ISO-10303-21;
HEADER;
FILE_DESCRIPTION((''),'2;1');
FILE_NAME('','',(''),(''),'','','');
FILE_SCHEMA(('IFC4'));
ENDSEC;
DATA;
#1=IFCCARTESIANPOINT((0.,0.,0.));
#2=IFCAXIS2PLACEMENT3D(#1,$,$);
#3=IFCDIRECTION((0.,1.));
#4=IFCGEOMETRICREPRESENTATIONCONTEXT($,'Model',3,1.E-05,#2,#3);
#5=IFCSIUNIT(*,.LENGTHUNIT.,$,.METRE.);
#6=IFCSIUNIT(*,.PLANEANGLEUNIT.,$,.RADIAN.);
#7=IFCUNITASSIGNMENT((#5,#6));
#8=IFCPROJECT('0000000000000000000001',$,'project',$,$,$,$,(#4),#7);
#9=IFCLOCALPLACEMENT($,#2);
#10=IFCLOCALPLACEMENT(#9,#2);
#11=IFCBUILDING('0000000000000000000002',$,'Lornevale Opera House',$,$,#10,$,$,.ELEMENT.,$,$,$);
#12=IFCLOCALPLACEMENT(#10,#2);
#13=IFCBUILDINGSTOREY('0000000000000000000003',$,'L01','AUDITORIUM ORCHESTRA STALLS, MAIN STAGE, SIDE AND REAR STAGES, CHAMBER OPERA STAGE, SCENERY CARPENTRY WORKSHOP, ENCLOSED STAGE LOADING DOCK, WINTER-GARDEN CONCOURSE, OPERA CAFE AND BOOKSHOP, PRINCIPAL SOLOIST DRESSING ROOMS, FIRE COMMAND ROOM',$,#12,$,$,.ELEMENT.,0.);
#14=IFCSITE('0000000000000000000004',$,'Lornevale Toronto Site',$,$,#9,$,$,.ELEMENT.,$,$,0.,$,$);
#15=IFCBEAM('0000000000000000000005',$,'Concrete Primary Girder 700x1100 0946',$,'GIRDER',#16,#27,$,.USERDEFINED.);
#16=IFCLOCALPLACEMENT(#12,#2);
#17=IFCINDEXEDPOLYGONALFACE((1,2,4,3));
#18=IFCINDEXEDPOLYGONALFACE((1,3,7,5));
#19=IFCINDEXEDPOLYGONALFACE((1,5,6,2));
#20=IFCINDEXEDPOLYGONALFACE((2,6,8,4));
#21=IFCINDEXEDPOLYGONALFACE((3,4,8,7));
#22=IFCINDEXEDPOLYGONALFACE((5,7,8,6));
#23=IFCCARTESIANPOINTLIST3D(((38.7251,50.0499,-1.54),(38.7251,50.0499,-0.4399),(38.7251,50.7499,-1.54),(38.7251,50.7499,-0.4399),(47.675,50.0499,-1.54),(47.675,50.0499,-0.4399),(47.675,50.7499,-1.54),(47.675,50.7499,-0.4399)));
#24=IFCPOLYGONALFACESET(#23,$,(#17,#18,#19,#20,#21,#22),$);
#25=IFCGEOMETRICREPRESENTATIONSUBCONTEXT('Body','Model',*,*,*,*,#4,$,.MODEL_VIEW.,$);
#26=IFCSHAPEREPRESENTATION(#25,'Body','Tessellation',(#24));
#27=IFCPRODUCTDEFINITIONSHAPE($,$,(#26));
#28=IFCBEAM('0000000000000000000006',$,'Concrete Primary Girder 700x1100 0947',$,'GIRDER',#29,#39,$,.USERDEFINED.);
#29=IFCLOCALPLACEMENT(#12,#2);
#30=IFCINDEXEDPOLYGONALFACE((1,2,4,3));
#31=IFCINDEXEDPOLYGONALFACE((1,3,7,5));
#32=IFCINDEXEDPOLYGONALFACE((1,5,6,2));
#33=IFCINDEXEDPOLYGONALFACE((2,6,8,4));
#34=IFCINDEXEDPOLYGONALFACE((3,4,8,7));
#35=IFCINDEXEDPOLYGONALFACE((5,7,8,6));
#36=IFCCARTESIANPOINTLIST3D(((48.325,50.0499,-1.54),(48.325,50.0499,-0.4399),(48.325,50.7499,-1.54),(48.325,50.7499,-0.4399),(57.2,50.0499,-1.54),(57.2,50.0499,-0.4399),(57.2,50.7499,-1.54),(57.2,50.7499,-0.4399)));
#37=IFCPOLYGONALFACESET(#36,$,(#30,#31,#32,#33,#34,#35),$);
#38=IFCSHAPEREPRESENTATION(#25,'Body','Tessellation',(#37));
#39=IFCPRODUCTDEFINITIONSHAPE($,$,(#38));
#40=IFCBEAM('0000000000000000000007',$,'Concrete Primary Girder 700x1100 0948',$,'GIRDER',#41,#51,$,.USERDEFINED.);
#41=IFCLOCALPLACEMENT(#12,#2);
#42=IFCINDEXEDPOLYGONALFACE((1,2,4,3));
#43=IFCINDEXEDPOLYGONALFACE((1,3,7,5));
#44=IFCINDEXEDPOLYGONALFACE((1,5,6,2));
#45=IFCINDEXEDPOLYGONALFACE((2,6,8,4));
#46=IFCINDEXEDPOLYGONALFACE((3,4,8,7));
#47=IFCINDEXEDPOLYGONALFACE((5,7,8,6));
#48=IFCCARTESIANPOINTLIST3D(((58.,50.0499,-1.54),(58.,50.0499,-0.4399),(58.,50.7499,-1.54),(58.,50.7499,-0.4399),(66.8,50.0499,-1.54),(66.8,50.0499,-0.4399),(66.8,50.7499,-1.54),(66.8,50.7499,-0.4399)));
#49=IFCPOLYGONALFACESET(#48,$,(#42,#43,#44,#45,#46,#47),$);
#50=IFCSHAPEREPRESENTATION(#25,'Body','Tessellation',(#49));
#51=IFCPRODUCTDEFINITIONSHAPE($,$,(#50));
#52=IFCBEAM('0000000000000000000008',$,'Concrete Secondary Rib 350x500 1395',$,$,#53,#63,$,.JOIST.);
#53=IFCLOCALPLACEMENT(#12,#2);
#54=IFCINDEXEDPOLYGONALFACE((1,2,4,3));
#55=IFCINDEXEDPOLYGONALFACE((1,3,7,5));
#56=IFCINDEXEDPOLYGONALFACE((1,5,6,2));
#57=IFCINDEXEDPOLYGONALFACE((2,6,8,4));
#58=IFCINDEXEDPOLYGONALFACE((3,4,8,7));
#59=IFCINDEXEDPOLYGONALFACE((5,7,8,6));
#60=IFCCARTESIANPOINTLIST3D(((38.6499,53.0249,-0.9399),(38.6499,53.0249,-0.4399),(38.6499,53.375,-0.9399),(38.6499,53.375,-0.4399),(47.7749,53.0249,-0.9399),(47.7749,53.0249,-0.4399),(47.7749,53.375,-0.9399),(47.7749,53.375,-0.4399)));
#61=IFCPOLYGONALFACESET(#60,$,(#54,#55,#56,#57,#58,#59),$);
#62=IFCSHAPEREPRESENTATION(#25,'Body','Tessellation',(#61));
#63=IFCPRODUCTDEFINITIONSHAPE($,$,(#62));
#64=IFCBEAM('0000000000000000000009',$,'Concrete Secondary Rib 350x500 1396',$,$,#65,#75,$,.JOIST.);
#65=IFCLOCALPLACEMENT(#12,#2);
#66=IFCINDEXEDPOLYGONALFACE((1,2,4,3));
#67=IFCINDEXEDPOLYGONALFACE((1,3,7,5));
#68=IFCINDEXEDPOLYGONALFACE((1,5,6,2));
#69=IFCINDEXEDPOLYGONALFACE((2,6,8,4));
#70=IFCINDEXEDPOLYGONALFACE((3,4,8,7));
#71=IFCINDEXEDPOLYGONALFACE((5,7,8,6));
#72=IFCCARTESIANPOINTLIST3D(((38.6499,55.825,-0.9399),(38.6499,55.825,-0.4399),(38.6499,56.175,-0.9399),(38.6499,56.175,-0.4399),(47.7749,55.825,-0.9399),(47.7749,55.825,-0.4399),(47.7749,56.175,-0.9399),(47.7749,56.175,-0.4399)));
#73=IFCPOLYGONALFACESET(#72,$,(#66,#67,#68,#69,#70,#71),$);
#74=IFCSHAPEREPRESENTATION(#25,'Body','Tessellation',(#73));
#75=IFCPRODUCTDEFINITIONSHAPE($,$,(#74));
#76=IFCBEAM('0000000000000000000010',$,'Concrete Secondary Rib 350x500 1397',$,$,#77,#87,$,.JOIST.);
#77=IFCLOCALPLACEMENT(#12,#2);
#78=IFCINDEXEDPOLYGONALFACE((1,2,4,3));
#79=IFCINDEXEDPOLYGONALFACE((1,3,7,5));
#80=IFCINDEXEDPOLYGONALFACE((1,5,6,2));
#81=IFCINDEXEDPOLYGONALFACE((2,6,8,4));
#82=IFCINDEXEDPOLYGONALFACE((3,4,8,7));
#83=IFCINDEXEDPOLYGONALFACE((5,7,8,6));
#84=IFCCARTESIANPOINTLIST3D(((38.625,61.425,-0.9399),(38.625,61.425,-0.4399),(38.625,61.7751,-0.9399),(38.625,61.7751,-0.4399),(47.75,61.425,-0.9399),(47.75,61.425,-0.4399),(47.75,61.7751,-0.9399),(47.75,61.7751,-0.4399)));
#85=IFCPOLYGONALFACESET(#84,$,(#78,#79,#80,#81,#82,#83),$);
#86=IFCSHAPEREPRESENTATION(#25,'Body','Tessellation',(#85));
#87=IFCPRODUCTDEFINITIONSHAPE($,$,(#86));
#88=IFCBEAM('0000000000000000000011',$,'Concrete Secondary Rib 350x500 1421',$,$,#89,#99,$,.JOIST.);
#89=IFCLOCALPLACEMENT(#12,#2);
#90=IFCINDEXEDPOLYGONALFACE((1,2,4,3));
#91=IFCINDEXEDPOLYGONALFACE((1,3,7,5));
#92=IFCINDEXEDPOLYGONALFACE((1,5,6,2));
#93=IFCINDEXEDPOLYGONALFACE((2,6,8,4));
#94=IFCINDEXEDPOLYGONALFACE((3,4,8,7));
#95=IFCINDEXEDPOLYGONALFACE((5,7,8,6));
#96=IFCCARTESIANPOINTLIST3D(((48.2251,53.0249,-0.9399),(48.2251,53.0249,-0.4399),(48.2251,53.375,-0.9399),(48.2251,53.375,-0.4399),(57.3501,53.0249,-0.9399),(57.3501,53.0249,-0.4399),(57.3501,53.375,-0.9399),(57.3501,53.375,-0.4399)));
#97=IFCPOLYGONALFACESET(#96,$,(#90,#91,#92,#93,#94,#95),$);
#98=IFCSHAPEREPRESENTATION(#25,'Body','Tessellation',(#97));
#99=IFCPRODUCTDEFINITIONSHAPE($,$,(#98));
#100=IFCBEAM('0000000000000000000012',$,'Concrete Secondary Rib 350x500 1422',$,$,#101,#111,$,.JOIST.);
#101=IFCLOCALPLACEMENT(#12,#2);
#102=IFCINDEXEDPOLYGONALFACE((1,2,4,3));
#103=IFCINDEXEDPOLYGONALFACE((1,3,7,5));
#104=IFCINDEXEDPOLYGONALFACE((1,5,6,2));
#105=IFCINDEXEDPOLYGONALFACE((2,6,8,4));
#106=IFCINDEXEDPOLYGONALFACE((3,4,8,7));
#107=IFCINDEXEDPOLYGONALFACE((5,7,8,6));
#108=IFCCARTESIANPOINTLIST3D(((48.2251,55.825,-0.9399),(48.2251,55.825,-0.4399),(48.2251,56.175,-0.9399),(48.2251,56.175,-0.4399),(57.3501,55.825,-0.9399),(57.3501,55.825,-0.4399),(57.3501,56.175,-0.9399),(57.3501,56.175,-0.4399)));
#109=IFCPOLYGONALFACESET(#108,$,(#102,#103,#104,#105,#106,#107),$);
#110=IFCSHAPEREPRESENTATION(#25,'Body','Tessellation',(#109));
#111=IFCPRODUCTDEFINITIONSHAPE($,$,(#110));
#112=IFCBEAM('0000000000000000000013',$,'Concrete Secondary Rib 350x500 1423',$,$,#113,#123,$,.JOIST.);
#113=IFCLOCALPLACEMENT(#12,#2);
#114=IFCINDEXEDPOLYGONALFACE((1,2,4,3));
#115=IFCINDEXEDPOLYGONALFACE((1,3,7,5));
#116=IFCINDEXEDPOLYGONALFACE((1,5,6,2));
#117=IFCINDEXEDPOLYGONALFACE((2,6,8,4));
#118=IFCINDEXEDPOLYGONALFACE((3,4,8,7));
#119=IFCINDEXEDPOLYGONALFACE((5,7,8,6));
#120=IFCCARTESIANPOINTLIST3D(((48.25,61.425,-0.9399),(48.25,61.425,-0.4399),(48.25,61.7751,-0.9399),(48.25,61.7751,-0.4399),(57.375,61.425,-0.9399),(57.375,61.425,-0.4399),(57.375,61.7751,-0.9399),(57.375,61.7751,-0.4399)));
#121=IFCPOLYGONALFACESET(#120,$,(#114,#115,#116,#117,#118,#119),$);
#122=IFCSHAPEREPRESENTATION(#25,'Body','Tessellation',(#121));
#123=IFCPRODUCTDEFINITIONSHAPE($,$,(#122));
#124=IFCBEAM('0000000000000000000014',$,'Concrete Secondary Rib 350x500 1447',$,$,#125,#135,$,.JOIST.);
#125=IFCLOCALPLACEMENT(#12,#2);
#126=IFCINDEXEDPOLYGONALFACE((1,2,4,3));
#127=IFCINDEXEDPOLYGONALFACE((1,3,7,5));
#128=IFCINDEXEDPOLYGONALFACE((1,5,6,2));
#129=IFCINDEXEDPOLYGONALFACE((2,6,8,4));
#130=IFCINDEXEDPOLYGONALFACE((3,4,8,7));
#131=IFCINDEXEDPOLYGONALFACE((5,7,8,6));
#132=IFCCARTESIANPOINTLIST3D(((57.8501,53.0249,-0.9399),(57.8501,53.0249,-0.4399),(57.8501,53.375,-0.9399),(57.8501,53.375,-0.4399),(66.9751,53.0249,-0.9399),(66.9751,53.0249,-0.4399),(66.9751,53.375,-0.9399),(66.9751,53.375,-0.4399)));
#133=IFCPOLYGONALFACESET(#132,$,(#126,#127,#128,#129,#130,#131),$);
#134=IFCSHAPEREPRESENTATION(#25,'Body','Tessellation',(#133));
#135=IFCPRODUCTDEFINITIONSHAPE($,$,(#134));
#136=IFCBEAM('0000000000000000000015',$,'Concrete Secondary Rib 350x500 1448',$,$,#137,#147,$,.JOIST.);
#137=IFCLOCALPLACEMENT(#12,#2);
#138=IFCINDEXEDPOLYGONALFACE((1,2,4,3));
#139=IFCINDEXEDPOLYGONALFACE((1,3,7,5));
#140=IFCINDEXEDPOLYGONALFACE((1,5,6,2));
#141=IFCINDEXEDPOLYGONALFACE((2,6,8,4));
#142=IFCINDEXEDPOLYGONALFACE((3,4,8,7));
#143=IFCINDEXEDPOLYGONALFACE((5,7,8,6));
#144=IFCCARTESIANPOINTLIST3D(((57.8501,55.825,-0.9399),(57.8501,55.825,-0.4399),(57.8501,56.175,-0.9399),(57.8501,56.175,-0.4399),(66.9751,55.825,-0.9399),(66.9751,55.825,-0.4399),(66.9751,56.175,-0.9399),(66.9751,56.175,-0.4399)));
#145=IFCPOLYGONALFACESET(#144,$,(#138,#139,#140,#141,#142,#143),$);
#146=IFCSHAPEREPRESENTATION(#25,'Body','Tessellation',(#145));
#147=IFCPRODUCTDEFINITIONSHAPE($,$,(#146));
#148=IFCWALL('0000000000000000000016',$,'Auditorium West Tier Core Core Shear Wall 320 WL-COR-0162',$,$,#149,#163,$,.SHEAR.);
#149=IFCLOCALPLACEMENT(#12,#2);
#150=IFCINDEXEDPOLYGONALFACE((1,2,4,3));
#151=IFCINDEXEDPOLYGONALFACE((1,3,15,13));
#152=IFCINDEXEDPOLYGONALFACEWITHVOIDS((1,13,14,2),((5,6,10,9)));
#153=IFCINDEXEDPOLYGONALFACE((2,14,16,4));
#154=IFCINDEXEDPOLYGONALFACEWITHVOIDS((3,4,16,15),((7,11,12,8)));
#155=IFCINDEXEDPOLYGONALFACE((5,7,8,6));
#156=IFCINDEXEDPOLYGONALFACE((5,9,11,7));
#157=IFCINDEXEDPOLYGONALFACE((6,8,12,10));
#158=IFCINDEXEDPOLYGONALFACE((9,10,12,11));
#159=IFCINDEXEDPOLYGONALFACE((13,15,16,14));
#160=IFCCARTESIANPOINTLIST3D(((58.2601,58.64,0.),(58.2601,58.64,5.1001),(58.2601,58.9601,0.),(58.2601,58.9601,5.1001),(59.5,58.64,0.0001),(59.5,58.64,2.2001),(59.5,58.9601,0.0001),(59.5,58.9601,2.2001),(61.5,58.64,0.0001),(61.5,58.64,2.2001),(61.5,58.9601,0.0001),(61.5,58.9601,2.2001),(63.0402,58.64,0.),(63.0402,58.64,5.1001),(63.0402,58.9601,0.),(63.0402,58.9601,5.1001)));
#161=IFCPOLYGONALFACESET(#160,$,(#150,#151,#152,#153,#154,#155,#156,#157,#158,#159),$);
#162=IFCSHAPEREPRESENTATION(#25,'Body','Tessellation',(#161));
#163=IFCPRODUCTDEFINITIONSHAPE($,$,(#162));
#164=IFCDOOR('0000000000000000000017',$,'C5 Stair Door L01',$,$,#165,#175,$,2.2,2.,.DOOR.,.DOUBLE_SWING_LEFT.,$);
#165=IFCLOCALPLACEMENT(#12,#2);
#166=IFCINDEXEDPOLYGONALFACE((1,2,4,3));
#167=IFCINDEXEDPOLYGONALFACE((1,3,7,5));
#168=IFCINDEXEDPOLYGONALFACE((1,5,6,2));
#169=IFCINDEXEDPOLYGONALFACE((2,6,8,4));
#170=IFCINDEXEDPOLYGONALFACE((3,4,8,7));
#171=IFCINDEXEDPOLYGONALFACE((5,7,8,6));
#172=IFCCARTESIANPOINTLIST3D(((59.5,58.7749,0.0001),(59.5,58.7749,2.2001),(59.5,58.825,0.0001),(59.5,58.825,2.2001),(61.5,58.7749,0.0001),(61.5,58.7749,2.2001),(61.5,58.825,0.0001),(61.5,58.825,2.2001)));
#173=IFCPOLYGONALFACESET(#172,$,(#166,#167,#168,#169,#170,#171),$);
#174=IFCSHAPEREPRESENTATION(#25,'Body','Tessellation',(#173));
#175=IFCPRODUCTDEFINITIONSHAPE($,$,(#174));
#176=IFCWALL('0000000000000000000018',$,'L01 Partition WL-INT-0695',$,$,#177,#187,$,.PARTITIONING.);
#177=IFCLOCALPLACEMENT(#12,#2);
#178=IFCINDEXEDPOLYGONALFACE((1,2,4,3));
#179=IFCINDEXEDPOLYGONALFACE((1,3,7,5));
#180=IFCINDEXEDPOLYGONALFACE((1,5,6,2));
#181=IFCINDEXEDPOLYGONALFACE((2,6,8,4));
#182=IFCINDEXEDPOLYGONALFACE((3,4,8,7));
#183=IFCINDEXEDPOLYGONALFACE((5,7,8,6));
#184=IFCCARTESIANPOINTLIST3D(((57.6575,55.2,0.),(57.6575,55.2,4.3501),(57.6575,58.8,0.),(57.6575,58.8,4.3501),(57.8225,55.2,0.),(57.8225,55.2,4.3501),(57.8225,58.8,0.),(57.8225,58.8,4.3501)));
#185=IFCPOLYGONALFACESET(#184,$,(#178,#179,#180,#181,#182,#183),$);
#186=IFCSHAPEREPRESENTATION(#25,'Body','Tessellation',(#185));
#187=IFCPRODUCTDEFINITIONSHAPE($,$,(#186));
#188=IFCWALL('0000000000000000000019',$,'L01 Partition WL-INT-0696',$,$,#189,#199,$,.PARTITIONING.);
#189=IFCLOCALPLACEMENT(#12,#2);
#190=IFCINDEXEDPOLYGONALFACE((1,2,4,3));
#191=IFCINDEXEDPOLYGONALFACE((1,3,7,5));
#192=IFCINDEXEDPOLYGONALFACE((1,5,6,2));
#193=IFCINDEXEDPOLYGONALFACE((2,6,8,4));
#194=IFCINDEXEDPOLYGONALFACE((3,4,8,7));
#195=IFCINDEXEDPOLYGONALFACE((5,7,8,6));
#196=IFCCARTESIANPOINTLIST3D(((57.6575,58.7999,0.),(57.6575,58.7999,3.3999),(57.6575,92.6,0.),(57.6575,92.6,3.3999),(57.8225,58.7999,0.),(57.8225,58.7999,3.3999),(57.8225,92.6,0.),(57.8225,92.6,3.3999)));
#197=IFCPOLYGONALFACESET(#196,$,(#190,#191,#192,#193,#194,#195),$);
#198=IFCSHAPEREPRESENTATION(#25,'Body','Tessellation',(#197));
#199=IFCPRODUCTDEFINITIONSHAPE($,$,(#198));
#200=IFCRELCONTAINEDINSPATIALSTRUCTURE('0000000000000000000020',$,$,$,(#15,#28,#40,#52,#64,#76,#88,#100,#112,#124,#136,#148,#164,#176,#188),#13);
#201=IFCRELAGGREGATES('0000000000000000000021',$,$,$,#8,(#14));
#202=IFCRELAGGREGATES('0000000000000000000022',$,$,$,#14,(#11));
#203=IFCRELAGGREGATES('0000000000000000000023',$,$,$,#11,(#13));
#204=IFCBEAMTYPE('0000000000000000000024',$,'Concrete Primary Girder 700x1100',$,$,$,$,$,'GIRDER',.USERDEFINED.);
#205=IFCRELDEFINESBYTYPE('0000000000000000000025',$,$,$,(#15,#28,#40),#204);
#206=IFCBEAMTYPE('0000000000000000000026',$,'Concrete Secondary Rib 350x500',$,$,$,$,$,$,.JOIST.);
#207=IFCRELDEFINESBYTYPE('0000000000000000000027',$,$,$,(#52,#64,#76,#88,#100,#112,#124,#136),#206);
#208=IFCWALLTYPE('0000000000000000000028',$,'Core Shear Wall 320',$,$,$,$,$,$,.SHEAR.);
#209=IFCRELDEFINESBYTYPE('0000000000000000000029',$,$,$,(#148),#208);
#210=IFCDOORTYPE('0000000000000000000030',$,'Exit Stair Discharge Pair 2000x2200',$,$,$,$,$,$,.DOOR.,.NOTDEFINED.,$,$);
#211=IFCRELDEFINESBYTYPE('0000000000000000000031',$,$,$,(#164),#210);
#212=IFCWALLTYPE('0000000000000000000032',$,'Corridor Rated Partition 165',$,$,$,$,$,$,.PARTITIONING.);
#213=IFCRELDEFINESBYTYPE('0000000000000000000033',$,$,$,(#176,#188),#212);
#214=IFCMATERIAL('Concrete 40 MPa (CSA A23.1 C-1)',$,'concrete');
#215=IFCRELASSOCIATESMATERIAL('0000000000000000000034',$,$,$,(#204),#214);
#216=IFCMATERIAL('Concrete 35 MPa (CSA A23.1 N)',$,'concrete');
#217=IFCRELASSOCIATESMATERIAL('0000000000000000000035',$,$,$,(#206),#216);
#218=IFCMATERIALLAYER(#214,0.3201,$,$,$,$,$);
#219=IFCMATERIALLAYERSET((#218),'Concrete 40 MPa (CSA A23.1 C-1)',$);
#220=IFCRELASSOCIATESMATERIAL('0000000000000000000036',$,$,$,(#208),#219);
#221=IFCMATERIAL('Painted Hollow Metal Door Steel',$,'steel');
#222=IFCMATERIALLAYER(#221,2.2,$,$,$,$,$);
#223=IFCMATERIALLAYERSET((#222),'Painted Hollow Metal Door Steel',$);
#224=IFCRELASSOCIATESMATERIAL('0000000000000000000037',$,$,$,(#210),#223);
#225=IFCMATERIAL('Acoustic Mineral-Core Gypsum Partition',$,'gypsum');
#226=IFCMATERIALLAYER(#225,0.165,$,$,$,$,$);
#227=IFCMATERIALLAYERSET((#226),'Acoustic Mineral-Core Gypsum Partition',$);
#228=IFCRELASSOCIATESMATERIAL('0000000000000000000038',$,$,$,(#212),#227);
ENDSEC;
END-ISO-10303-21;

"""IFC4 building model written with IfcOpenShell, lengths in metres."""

from ifc_helpers import new_model, si_unit, direction, frame, frame_2d, origin, origin_2d, place, context, subcontext, project, spatial, rectangle, extrude, material, layer, layer_set, material_profile, profile_set, type_object, element, fill, save


model = new_model("IFC4")

# Units and contexts
model_context = context("Model", 3, precision=1e-05, world=origin(), true_north=direction((0.0, 1.0)))
body_context = subcontext(model_context, "Body", "Model", "MODEL_VIEW")
ifc_project = project(units=[si_unit("LENGTHUNIT", "METRE"), si_unit("PLANEANGLEUNIT", "RADIAN")], contexts=[model_context])

# Site, building, storey
site_placement = place(None, origin())
site = spatial("IfcSite", under=ifc_project, at=site_placement, Name="Lornevale Toronto Site", CompositionType="ELEMENT", RefElevation=0.0)
building_placement = place(site_placement, origin())
building = spatial("IfcBuilding", under=site, at=building_placement, Name="Lornevale Opera House", CompositionType="ELEMENT")
storey_placement = place(building_placement, origin())
storey = spatial("IfcBuildingStorey", under=building, at=storey_placement, Name="L01", Description="AUDITORIUM ORCHESTRA STALLS, MAIN STAGE, SIDE AND REAR STAGES, CHAMBER OPERA STAGE, SCENERY CARPENTRY WORKSHOP, ENCLOSED STAGE LOADING DOCK, WINTER-GARDEN CONCOURSE, OPERA CAFE AND BOOKSHOP, PRINCIPAL SOLOIST DRESSING ROOMS, FIRE COMMAND ROOM", CompositionType="ELEMENT", Elevation=0.0)

# Shared definitions
ifc_material_1 = material(Name="Concrete 40 MPa (CSA A23.1 C-1)", Category="concrete")

# Beams
ifc_material_2 = material(Name="Concrete 35 MPa (CSA A23.1 N)", Category="concrete")
ifc_material_profile_1 = material_profile(ifc_material_1, rectangle(XDim=0.7, YDim=1.1001, at=origin_2d()), Name="RC700x1100")
ifc_profile_set_1 = profile_set([ifc_material_profile_1], Name="Concrete 40 MPa (CSA A23.1 C-1)")
beam_type_1 = type_object("IfcBeamType", Name="Concrete Primary Girder 700x1100", ElementType="GIRDER", PredefinedType="USERDEFINED", material=ifc_profile_set_1)
beam_1_placement = place(storey_placement, frame((38.7251, 50.3999, -0.99), z_axis=(1.0, 0.0, 0.0), x_axis=(0.0, 1.0, 0.0)))
element("IfcBeam", 1, at=beam_1_placement, inside=storey, type_object=beam_type_1, Name="Concrete Primary Girder 700x1100 0946", ObjectType="GIRDER", PredefinedType="USERDEFINED", context=body_context, shape_type="SweptSolid", body=[
    extrude(rectangle(XDim=0.7, YDim=1.1001, at=origin_2d()), origin(), (0.0, 0.0, 1.0), 8.95),
])
beam_2_placement = place(storey_placement, frame((48.325, 50.3999, -0.99), z_axis=(1.0, 0.0, 0.0), x_axis=(0.0, 1.0, 0.0)))
element("IfcBeam", 2, at=beam_2_placement, inside=storey, type_object=beam_type_1, Name="Concrete Primary Girder 700x1100 0947", ObjectType="GIRDER", PredefinedType="USERDEFINED", context=body_context, shape_type="SweptSolid", body=[
    extrude(rectangle(XDim=0.7, YDim=1.1001, at=origin_2d()), origin(), (0.0, 0.0, 1.0), 8.875),
])
beam_3_placement = place(storey_placement, frame((58.0, 50.3999, -0.99), z_axis=(1.0, 0.0, 0.0), x_axis=(0.0, 1.0, 0.0)))
element("IfcBeam", 3, at=beam_3_placement, inside=storey, type_object=beam_type_1, Name="Concrete Primary Girder 700x1100 0948", ObjectType="GIRDER", PredefinedType="USERDEFINED", context=body_context, shape_type="SweptSolid", body=[
    extrude(rectangle(XDim=0.7, YDim=1.1001, at=origin_2d()), origin(), (0.0, 0.0, 1.0), 8.8),
])
ifc_material_profile_2 = material_profile(ifc_material_2, rectangle(XDim=0.3501, YDim=0.5, at=origin_2d()), Name="RC350x500")
ifc_profile_set_2 = profile_set([ifc_material_profile_2], Name="Concrete 35 MPa (CSA A23.1 N)")
beam_type_2 = type_object("IfcBeamType", Name="Concrete Secondary Rib 350x500", PredefinedType="JOIST", material=ifc_profile_set_2)
for number, where, z_axis, x_axis, name in (
    (4, (38.6499, 53.2, -0.6899), (1.0, 0.0, 0.0), (0.0, 1.0, 0.0), "Concrete Secondary Rib 350x500 1395"),
    (5, (38.6499, 56.0, -0.6899), (1.0, 0.0, 0.0), (0.0, 1.0, 0.0), "Concrete Secondary Rib 350x500 1396"),
    (6, (38.625, 61.6001, -0.6899), (1.0, 0.0, 0.0), (0.0, 1.0, 0.0), "Concrete Secondary Rib 350x500 1397"),
    (7, (48.2251, 53.2, -0.6899), (1.0, 0.0, 0.0), (0.0, 1.0, 0.0), "Concrete Secondary Rib 350x500 1421"),
    (8, (48.2251, 56.0, -0.6899), (1.0, 0.0, 0.0), (0.0, 1.0, 0.0), "Concrete Secondary Rib 350x500 1422"),
    (9, (48.25, 61.6001, -0.6899), (1.0, 0.0, 0.0), (0.0, 1.0, 0.0), "Concrete Secondary Rib 350x500 1423"),
    (10, (57.8501, 53.2, -0.6899), (1.0, 0.0, 0.0), (0.0, 1.0, 0.0), "Concrete Secondary Rib 350x500 1447"),
    (11, (57.8501, 56.0, -0.6899), (1.0, 0.0, 0.0), (0.0, 1.0, 0.0), "Concrete Secondary Rib 350x500 1448"),
):
    element("IfcBeam", number, at=place(storey_placement, frame(where, z_axis=z_axis, x_axis=x_axis)), inside=storey, type_object=beam_type_2, Name=name, PredefinedType="JOIST", context=body_context, shape_type="SweptSolid", body=[
        extrude(rectangle(XDim=0.3501, YDim=0.5, at=origin_2d()), origin(), (0.0, 0.0, 1.0), 9.125),
    ])

# Wall, opening, door
ifc_layer_1 = layer(ifc_material_1, 0.3201)
ifc_layer_set_1 = layer_set([ifc_layer_1], Name="Concrete 40 MPa (CSA A23.1 C-1)")
wall_type_1 = type_object("IfcWallType", Name="Core Shear Wall 320", PredefinedType="SHEAR", material=ifc_layer_set_1)
wall_1_placement = place(storey_placement, frame((58.26, 58.8, 0.0), z_axis=(0.0, 0.0, 1.0), x_axis=(1.0, 0.0, 0.0)))
wall_1 = element("IfcWall", 12, at=wall_1_placement, inside=storey, type_object=wall_type_1, Name="Auditorium West Tier Core Core Shear Wall 320 WL-COR-0162", PredefinedType="SHEAR", context=body_context, shape_type="SweptSolid", body=[
    extrude(rectangle(XDim=4.78, YDim=0.3201, at=frame_2d((2.3901, 0.0))), origin(), (0.0, 0.0, 1.0), 5.1001),
])
opening_placement = place(wall_1_placement, frame((1.24, 0.0, 0.0)))
opening = element("IfcOpeningElement", 13, at=opening_placement, cuts=wall_1, PredefinedType="OPENING", context=body_context, shape_type="SweptSolid", body=[
    extrude(rectangle(XDim=2.0, YDim=2.2, at=frame_2d((1.0, 1.1001))), frame((0.0, 0.1699, 0.0), z_axis=(0.0, -1.0, 0.0), x_axis=(1.0, 0.0, 0.0)), (0.0, 0.0, 1.0), 0.3401),
])
ifc_material_3 = material(Name="Painted Hollow Metal Door Steel", Category="steel")
ifc_layer_2 = layer(ifc_material_3, 2.2)
ifc_layer_set_2 = layer_set([ifc_layer_2], Name="Painted Hollow Metal Door Steel")
door_type = type_object("IfcDoorType", Name="Exit Stair Discharge Pair 2000x2200", OperationType="NOTDEFINED", PredefinedType="DOOR", material=ifc_layer_set_2)
door_placement = place(opening_placement, origin())
door = element("IfcDoor", 14, at=door_placement, inside=storey, type_object=door_type, Name="C5 Stair Door L01", OperationType="DOUBLE_SWING_LEFT", OverallHeight=2.2, OverallWidth=2.0, PredefinedType="DOOR", context=body_context, shape_type="SweptSolid", body=[
    extrude(rectangle(XDim=2.0, YDim=2.2, at=frame_2d((1.0, 1.1001))), frame((0.0, 0.0249, 0.0), z_axis=(0.0, -1.0, 0.0), x_axis=(1.0, 0.0, 0.0)), (0.0, 0.0, 1.0), 0.05),
])
fill(opening, door)

# Walls
ifc_material_4 = material(Name="Acoustic Mineral-Core Gypsum Partition", Category="gypsum")
ifc_layer_3 = layer(ifc_material_4, 0.165)
ifc_layer_set_3 = layer_set([ifc_layer_3], Name="Acoustic Mineral-Core Gypsum Partition")
wall_type_2 = type_object("IfcWallType", Name="Corridor Rated Partition 165", PredefinedType="PARTITIONING", material=ifc_layer_set_3)
wall_2_placement = place(storey_placement, frame((57.74, 55.2, 0.0), z_axis=(0.0, 0.0, 1.0), x_axis=(0.0, 1.0, 0.0)))
element("IfcWall", 15, at=wall_2_placement, inside=storey, type_object=wall_type_2, Name="L01 Partition WL-INT-0695", PredefinedType="PARTITIONING", context=body_context, shape_type="SweptSolid", body=[
    extrude(rectangle(XDim=3.6001, YDim=0.165, at=frame_2d((1.8, 0.0))), origin(), (0.0, 0.0, 1.0), 4.3501),
])
wall_3_placement = place(storey_placement, frame((57.74, 58.8, 0.0), z_axis=(0.0, 0.0, 1.0), x_axis=(0.0, 1.0, 0.0)))
element("IfcWall", 16, at=wall_3_placement, inside=storey, type_object=wall_type_2, Name="L01 Partition WL-INT-0696", PredefinedType="PARTITIONING", context=body_context, shape_type="SweptSolid", body=[
    extrude(rectangle(XDim=33.8, YDim=0.165, at=frame_2d((16.8999, 0.0))), origin(), (0.0, 0.0, 1.0), 3.3999),
])

save(model, "model.ifc")
